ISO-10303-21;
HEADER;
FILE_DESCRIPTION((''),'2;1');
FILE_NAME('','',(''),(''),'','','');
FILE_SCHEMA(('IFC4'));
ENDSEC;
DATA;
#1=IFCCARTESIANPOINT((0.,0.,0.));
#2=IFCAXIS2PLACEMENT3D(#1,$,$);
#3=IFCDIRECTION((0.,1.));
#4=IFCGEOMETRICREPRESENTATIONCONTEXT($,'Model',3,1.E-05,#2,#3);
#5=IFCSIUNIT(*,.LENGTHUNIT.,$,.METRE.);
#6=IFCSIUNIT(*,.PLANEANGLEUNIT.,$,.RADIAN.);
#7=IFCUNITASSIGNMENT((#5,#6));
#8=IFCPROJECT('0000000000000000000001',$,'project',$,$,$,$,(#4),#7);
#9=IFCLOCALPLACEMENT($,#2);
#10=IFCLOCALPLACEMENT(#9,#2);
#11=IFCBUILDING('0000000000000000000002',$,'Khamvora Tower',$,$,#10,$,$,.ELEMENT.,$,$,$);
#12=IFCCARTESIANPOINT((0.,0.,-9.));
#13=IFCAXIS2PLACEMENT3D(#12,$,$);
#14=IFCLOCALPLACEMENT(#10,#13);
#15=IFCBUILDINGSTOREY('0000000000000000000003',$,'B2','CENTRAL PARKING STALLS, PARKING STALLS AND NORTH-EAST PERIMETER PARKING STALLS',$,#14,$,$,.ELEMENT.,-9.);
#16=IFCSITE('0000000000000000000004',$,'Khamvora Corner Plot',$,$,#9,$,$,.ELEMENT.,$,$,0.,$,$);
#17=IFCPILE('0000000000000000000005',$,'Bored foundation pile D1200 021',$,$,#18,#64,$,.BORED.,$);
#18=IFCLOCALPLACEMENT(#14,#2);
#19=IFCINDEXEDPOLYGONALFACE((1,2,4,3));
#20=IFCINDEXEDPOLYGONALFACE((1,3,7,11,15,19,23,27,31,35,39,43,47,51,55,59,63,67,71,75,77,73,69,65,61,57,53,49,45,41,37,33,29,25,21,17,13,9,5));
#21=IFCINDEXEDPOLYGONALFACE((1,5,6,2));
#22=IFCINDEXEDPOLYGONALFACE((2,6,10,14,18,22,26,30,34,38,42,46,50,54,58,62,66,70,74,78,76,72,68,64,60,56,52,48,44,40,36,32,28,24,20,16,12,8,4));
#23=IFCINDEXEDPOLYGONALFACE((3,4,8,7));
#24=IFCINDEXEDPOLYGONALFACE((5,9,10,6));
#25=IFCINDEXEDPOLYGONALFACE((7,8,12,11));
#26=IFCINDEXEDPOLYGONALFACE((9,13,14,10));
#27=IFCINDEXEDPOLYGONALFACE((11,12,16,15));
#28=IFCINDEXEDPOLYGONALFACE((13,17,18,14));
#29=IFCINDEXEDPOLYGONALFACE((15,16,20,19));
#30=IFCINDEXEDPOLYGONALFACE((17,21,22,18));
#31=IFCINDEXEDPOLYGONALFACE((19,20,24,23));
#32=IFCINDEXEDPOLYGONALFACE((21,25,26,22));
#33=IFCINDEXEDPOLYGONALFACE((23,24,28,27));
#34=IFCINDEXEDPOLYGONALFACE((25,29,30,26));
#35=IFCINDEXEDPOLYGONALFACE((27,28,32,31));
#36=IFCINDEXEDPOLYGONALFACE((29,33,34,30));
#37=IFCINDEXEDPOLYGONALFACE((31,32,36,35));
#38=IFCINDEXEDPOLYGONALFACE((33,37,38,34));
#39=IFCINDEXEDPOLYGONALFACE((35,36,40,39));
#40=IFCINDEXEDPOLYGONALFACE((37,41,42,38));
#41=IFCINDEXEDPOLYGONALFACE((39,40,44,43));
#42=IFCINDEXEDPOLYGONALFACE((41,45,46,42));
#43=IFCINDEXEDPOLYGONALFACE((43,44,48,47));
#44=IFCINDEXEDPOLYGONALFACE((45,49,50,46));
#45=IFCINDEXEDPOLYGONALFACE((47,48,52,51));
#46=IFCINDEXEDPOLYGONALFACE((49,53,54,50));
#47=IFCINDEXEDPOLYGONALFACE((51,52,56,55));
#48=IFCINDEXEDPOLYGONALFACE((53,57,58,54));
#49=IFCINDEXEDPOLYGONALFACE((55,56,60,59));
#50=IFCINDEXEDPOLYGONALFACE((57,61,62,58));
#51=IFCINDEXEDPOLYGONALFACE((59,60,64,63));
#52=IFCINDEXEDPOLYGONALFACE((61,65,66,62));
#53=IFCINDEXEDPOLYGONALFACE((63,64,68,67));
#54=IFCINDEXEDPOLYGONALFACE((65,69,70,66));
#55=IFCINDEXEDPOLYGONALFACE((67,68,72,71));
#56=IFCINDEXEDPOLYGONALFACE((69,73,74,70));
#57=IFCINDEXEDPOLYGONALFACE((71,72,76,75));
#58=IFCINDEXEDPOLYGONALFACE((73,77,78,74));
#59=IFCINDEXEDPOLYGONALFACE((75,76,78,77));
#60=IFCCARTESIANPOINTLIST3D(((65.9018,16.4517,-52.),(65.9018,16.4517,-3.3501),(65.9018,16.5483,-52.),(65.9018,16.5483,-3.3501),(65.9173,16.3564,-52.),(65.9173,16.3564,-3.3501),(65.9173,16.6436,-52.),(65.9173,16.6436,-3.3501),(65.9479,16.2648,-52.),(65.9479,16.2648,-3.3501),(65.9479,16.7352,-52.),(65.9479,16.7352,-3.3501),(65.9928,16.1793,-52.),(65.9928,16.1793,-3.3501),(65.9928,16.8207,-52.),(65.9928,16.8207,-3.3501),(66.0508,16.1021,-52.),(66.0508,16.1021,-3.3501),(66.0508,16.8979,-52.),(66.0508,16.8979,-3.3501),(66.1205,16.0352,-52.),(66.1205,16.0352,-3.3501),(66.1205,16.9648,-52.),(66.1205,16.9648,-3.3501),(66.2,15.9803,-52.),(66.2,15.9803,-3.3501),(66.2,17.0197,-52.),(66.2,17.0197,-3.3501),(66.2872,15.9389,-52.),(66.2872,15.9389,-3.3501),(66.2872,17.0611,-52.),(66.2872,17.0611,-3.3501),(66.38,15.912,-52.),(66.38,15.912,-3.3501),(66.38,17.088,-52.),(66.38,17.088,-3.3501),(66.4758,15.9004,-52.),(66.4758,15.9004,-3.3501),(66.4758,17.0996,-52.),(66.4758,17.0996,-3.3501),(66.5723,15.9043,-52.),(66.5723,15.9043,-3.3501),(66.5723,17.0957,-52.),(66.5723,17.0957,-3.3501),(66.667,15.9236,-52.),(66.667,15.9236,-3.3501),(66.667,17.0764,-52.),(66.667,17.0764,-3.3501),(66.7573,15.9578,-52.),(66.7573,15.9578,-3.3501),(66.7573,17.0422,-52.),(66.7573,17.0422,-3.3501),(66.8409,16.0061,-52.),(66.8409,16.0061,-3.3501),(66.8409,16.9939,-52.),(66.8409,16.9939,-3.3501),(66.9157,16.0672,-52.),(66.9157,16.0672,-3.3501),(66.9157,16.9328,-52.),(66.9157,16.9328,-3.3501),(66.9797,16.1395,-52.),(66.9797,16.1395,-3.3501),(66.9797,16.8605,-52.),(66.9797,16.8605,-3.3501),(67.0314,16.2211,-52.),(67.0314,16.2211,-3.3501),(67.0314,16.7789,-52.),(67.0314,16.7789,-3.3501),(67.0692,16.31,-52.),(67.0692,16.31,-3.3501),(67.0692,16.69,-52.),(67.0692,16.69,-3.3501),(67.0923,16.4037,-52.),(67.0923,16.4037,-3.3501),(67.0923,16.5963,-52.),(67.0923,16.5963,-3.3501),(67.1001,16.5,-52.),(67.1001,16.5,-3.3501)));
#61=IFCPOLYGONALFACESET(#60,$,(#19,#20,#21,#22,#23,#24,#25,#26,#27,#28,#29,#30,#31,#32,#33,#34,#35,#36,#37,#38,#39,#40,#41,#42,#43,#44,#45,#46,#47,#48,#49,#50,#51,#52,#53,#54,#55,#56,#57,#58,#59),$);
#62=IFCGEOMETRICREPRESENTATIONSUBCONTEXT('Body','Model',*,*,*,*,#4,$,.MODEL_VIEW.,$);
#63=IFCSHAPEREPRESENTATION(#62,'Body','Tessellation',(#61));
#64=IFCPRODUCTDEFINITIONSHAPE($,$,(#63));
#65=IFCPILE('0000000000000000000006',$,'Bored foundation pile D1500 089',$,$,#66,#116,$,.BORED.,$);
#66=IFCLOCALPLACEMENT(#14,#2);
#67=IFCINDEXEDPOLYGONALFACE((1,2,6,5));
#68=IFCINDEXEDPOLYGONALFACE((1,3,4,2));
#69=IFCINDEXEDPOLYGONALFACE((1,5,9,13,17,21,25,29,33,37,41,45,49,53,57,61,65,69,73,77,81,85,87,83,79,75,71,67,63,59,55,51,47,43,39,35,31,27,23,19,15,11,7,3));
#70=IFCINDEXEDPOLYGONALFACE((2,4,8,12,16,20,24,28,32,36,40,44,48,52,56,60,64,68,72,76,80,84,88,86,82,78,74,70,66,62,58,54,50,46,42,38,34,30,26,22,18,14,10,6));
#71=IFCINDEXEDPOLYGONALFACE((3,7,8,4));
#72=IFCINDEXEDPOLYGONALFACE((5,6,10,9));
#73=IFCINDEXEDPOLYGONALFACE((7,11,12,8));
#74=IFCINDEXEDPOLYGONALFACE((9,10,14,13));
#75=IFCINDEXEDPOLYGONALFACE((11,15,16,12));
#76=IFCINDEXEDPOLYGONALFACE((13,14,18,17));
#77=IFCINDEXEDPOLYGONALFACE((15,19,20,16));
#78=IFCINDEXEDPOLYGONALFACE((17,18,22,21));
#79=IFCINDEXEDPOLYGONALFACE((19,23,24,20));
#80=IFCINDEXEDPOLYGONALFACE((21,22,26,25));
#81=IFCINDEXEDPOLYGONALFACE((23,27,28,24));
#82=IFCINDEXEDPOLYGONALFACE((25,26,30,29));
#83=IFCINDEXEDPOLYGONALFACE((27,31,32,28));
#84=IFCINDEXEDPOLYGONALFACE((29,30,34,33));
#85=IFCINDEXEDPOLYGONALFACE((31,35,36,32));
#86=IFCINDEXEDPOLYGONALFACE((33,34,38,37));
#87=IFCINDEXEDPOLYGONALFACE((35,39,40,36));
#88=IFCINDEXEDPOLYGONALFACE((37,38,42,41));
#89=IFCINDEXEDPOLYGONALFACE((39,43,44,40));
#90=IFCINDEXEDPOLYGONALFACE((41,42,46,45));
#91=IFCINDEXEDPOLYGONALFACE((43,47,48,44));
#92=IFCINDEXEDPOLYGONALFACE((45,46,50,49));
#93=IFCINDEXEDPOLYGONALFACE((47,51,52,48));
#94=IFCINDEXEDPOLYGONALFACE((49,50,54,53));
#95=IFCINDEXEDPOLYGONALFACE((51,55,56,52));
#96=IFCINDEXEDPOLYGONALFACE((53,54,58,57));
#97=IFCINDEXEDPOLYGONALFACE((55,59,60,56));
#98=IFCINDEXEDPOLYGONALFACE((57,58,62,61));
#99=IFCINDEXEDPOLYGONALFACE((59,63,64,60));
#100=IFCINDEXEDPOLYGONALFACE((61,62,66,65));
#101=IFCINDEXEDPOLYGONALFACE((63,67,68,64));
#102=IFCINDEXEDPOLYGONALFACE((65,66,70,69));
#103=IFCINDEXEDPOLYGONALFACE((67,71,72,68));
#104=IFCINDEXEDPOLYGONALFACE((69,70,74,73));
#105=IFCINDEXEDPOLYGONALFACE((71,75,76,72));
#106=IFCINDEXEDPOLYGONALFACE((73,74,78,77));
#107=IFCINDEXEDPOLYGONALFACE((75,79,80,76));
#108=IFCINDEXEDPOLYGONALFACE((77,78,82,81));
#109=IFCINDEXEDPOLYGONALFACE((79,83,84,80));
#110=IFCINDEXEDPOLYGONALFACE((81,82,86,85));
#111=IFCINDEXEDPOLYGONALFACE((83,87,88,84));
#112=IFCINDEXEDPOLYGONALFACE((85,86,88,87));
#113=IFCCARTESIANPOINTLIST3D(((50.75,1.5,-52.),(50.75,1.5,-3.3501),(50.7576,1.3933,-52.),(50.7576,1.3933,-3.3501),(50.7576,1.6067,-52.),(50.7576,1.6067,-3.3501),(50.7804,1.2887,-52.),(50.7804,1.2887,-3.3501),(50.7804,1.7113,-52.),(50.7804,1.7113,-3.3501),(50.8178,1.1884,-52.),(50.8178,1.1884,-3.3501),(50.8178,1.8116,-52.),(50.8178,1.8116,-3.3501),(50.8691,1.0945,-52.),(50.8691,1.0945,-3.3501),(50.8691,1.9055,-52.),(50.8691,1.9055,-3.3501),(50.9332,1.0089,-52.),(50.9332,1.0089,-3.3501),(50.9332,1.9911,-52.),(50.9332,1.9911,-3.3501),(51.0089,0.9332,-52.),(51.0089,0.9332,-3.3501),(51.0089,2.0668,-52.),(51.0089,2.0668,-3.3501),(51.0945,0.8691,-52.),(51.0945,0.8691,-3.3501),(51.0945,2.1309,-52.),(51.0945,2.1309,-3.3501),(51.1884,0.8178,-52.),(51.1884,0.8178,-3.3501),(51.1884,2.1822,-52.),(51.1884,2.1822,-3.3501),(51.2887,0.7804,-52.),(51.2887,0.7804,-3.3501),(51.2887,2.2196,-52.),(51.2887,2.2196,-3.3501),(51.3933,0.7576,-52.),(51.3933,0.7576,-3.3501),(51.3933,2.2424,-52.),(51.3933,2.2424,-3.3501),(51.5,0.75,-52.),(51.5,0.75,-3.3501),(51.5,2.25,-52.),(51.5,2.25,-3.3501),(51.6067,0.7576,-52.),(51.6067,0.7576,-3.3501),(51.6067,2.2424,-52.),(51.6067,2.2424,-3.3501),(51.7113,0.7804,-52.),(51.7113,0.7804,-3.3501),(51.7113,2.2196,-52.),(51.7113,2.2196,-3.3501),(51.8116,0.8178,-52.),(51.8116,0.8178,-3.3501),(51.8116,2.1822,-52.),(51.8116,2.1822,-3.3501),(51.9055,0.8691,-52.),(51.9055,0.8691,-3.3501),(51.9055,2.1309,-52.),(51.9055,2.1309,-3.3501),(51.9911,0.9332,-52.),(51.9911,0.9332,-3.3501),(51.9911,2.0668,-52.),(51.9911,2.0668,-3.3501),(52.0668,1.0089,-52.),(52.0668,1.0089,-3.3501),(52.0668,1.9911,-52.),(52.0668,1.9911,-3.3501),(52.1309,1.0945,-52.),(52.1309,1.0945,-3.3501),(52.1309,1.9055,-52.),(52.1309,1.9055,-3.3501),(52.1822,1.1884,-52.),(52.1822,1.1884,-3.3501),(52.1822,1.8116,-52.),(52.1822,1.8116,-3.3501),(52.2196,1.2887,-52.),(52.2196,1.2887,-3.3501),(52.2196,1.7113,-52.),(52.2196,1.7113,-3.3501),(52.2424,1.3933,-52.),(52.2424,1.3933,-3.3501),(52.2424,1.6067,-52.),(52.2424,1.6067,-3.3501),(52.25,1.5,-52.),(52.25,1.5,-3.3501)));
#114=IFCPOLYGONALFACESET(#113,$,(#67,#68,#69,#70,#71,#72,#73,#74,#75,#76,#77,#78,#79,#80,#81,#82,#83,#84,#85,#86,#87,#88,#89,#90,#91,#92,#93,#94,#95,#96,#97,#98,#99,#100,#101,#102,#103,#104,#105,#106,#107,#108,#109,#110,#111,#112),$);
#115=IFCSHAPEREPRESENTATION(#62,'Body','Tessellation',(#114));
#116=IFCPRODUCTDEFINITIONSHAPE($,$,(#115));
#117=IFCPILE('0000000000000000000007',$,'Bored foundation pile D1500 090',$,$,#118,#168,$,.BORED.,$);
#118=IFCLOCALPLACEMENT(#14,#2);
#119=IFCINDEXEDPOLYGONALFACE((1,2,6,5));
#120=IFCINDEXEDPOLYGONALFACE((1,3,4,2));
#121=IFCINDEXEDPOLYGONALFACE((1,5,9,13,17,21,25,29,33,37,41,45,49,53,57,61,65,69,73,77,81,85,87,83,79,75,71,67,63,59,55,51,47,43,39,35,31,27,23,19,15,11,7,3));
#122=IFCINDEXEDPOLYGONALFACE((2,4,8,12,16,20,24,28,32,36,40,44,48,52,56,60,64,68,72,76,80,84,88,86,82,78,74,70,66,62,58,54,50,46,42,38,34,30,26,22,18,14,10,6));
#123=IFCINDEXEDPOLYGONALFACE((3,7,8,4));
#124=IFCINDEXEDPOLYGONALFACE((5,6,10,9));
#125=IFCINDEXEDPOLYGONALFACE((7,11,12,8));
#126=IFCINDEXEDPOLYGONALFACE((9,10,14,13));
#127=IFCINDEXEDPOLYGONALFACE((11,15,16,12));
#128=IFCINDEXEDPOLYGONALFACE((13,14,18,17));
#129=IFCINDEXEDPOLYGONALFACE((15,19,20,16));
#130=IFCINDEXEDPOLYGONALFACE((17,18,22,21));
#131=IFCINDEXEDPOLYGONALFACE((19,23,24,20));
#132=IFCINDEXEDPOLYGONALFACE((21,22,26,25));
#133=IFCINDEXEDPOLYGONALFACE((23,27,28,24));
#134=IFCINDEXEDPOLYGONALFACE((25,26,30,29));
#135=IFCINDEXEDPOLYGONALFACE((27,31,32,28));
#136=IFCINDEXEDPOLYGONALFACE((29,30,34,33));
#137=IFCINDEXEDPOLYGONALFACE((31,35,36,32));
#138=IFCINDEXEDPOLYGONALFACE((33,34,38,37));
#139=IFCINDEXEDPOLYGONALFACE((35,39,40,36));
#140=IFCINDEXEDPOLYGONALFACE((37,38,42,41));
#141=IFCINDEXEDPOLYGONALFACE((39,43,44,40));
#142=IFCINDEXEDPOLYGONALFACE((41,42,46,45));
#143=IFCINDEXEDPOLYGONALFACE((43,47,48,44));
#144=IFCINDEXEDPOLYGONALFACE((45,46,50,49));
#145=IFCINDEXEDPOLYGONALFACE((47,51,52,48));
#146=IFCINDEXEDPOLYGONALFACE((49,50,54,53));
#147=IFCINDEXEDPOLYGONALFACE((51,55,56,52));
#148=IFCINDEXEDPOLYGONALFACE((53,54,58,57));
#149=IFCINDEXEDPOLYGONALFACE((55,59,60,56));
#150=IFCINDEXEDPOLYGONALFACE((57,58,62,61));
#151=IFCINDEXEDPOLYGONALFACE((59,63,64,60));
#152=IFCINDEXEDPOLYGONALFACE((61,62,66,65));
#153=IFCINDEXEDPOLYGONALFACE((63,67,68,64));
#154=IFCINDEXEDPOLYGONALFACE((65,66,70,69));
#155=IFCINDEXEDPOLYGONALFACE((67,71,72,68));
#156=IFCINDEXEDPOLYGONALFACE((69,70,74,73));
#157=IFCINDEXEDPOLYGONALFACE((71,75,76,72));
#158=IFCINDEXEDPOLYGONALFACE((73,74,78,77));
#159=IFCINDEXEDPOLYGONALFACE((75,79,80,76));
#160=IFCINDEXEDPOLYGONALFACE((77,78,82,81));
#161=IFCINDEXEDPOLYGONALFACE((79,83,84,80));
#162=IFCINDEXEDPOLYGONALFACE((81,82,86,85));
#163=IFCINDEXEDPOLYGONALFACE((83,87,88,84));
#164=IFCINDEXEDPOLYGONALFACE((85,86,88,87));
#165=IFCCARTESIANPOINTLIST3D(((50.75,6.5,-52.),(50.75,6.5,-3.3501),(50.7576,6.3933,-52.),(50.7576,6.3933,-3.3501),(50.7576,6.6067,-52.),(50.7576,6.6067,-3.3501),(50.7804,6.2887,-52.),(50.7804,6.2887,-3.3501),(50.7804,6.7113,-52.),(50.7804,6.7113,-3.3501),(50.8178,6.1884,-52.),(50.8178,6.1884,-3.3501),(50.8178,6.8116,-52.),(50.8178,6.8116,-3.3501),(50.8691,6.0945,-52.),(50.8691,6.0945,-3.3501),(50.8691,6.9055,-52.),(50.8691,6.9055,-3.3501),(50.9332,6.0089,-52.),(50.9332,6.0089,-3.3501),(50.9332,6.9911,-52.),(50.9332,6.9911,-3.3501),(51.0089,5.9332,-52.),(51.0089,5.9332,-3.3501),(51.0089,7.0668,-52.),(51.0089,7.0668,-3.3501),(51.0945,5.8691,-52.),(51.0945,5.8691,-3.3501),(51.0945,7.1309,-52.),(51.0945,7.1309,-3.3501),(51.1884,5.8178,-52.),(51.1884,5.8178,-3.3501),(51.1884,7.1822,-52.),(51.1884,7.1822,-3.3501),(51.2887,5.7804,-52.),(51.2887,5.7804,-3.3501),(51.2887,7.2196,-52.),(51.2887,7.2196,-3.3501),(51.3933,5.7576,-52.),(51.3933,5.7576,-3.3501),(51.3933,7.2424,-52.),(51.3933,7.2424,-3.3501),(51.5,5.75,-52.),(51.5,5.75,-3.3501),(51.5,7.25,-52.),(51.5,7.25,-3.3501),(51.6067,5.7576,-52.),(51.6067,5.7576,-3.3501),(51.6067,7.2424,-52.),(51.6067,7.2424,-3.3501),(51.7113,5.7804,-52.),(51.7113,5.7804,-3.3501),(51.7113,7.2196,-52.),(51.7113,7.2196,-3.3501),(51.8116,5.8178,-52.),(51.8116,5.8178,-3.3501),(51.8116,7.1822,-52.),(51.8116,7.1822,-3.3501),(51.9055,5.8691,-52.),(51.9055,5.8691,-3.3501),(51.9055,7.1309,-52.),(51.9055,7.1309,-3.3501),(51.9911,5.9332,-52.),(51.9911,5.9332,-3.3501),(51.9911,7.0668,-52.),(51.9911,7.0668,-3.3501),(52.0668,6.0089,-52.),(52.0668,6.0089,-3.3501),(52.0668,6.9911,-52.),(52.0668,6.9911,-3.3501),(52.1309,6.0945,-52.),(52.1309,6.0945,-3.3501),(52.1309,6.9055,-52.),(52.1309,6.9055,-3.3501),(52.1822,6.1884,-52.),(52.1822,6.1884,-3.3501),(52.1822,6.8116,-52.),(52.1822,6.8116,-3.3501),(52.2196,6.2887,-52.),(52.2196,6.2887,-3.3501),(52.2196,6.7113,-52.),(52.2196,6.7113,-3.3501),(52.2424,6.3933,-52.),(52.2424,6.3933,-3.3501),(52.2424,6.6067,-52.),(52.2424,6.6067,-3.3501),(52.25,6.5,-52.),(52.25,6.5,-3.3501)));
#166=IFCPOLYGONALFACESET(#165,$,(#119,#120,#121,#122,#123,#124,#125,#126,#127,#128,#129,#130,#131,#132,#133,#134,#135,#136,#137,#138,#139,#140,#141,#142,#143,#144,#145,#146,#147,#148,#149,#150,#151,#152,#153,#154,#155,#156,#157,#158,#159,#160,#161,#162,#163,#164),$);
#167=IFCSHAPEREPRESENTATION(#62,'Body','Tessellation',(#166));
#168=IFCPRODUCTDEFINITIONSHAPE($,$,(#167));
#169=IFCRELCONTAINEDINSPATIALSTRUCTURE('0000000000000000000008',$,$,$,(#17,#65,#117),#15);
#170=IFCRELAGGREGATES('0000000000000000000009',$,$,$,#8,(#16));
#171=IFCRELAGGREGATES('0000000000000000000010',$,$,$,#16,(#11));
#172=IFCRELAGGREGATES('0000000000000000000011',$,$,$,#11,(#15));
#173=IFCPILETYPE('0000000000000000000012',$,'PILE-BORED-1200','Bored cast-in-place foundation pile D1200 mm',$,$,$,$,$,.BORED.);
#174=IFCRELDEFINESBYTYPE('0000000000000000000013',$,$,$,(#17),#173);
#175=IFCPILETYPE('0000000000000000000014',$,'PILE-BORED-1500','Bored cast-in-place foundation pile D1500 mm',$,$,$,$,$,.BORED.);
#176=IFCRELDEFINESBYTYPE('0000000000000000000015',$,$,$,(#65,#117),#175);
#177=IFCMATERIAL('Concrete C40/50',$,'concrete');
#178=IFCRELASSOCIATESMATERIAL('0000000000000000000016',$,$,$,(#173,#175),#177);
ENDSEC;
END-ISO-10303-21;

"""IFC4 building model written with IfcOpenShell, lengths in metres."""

from ifc_helpers import new_model, si_unit, direction, frame, origin, origin_2d, place, context, subcontext, project, spatial, circle, extrude, material, material_profile, profile_set, type_object, element, save


model = new_model("IFC4")

# Units and contexts
model_context = context("Model", 3, precision=1e-05, world=origin(), true_north=direction((0.0, 1.0)))
body_context = subcontext(model_context, "Body", "Model", "MODEL_VIEW")
ifc_project = project(units=[si_unit("LENGTHUNIT", "METRE"), si_unit("PLANEANGLEUNIT", "RADIAN")], contexts=[model_context])

# Site, building, storey
site_placement = place(None, origin())
site = spatial("IfcSite", under=ifc_project, at=site_placement, Name="Khamvora Corner Plot", CompositionType="ELEMENT", RefElevation=0.0)
building_placement = place(site_placement, origin())
building = spatial("IfcBuilding", under=site, at=building_placement, Name="Khamvora Tower", CompositionType="ELEMENT")
storey_placement = place(building_placement, frame((0.0, 0.0, -9.0)))
storey = spatial("IfcBuildingStorey", under=building, at=storey_placement, Name="B2", Description="CENTRAL PARKING STALLS, PARKING STALLS AND NORTH-EAST PERIMETER PARKING STALLS", CompositionType="ELEMENT", Elevation=-9.0)

# Piles
ifc_material_1 = material(Name="Concrete C40/50", Category="concrete")
ifc_material_profile_1 = material_profile(ifc_material_1, circle(Radius=0.6001, at=origin_2d()), Name="PILE_D1200")
ifc_profile_set_1 = profile_set([ifc_material_profile_1], Name="Concrete C40/50")
pile_type_1 = type_object("IfcPileType", Name="PILE-BORED-1200", Description="Bored cast-in-place foundation pile D1200 mm", PredefinedType="BORED", material=ifc_profile_set_1)
for number, where, z_axis, x_axis, name in (
    (1, (66.5, 16.5, -3.3501), (0.0, 0.0, -1.0), (1.0, 0.0, 0.0), "Bored foundation pile D1200 021"),
):
    element("IfcPile", number, at=place(storey_placement, frame(where, z_axis=z_axis, x_axis=x_axis)), inside=storey, type_object=pile_type_1, Name=name, PredefinedType="BORED", context=body_context, shape_type="SweptSolid", body=[
        extrude(circle(Radius=0.6001, at=origin_2d()), origin(), (0.0, 0.0, 1.0), 48.6499),
    ])
ifc_material_profile_2 = material_profile(ifc_material_1, circle(Radius=0.75, at=origin_2d()), Name="PILE_D1500")
ifc_profile_set_2 = profile_set([ifc_material_profile_2], Name="Concrete C40/50")
pile_type_2 = type_object("IfcPileType", Name="PILE-BORED-1500", Description="Bored cast-in-place foundation pile D1500 mm", PredefinedType="BORED", material=ifc_profile_set_2)
for number, where, z_axis, x_axis, name in (
    (2, (51.5, 1.5, -3.3501), (0.0, 0.0, -1.0), (1.0, 0.0, 0.0), "Bored foundation pile D1500 089"),
    (3, (51.5, 6.5, -3.3501), (0.0, 0.0, -1.0), (1.0, 0.0, 0.0), "Bored foundation pile D1500 090"),
):
    element("IfcPile", number, at=place(storey_placement, frame(where, z_axis=z_axis, x_axis=x_axis)), inside=storey, type_object=pile_type_2, Name=name, PredefinedType="BORED", context=body_context, shape_type="SweptSolid", body=[
        extrude(circle(Radius=0.75, at=origin_2d()), origin(), (0.0, 0.0, 1.0), 48.6499),
    ])

save(model, "model.ifc")
